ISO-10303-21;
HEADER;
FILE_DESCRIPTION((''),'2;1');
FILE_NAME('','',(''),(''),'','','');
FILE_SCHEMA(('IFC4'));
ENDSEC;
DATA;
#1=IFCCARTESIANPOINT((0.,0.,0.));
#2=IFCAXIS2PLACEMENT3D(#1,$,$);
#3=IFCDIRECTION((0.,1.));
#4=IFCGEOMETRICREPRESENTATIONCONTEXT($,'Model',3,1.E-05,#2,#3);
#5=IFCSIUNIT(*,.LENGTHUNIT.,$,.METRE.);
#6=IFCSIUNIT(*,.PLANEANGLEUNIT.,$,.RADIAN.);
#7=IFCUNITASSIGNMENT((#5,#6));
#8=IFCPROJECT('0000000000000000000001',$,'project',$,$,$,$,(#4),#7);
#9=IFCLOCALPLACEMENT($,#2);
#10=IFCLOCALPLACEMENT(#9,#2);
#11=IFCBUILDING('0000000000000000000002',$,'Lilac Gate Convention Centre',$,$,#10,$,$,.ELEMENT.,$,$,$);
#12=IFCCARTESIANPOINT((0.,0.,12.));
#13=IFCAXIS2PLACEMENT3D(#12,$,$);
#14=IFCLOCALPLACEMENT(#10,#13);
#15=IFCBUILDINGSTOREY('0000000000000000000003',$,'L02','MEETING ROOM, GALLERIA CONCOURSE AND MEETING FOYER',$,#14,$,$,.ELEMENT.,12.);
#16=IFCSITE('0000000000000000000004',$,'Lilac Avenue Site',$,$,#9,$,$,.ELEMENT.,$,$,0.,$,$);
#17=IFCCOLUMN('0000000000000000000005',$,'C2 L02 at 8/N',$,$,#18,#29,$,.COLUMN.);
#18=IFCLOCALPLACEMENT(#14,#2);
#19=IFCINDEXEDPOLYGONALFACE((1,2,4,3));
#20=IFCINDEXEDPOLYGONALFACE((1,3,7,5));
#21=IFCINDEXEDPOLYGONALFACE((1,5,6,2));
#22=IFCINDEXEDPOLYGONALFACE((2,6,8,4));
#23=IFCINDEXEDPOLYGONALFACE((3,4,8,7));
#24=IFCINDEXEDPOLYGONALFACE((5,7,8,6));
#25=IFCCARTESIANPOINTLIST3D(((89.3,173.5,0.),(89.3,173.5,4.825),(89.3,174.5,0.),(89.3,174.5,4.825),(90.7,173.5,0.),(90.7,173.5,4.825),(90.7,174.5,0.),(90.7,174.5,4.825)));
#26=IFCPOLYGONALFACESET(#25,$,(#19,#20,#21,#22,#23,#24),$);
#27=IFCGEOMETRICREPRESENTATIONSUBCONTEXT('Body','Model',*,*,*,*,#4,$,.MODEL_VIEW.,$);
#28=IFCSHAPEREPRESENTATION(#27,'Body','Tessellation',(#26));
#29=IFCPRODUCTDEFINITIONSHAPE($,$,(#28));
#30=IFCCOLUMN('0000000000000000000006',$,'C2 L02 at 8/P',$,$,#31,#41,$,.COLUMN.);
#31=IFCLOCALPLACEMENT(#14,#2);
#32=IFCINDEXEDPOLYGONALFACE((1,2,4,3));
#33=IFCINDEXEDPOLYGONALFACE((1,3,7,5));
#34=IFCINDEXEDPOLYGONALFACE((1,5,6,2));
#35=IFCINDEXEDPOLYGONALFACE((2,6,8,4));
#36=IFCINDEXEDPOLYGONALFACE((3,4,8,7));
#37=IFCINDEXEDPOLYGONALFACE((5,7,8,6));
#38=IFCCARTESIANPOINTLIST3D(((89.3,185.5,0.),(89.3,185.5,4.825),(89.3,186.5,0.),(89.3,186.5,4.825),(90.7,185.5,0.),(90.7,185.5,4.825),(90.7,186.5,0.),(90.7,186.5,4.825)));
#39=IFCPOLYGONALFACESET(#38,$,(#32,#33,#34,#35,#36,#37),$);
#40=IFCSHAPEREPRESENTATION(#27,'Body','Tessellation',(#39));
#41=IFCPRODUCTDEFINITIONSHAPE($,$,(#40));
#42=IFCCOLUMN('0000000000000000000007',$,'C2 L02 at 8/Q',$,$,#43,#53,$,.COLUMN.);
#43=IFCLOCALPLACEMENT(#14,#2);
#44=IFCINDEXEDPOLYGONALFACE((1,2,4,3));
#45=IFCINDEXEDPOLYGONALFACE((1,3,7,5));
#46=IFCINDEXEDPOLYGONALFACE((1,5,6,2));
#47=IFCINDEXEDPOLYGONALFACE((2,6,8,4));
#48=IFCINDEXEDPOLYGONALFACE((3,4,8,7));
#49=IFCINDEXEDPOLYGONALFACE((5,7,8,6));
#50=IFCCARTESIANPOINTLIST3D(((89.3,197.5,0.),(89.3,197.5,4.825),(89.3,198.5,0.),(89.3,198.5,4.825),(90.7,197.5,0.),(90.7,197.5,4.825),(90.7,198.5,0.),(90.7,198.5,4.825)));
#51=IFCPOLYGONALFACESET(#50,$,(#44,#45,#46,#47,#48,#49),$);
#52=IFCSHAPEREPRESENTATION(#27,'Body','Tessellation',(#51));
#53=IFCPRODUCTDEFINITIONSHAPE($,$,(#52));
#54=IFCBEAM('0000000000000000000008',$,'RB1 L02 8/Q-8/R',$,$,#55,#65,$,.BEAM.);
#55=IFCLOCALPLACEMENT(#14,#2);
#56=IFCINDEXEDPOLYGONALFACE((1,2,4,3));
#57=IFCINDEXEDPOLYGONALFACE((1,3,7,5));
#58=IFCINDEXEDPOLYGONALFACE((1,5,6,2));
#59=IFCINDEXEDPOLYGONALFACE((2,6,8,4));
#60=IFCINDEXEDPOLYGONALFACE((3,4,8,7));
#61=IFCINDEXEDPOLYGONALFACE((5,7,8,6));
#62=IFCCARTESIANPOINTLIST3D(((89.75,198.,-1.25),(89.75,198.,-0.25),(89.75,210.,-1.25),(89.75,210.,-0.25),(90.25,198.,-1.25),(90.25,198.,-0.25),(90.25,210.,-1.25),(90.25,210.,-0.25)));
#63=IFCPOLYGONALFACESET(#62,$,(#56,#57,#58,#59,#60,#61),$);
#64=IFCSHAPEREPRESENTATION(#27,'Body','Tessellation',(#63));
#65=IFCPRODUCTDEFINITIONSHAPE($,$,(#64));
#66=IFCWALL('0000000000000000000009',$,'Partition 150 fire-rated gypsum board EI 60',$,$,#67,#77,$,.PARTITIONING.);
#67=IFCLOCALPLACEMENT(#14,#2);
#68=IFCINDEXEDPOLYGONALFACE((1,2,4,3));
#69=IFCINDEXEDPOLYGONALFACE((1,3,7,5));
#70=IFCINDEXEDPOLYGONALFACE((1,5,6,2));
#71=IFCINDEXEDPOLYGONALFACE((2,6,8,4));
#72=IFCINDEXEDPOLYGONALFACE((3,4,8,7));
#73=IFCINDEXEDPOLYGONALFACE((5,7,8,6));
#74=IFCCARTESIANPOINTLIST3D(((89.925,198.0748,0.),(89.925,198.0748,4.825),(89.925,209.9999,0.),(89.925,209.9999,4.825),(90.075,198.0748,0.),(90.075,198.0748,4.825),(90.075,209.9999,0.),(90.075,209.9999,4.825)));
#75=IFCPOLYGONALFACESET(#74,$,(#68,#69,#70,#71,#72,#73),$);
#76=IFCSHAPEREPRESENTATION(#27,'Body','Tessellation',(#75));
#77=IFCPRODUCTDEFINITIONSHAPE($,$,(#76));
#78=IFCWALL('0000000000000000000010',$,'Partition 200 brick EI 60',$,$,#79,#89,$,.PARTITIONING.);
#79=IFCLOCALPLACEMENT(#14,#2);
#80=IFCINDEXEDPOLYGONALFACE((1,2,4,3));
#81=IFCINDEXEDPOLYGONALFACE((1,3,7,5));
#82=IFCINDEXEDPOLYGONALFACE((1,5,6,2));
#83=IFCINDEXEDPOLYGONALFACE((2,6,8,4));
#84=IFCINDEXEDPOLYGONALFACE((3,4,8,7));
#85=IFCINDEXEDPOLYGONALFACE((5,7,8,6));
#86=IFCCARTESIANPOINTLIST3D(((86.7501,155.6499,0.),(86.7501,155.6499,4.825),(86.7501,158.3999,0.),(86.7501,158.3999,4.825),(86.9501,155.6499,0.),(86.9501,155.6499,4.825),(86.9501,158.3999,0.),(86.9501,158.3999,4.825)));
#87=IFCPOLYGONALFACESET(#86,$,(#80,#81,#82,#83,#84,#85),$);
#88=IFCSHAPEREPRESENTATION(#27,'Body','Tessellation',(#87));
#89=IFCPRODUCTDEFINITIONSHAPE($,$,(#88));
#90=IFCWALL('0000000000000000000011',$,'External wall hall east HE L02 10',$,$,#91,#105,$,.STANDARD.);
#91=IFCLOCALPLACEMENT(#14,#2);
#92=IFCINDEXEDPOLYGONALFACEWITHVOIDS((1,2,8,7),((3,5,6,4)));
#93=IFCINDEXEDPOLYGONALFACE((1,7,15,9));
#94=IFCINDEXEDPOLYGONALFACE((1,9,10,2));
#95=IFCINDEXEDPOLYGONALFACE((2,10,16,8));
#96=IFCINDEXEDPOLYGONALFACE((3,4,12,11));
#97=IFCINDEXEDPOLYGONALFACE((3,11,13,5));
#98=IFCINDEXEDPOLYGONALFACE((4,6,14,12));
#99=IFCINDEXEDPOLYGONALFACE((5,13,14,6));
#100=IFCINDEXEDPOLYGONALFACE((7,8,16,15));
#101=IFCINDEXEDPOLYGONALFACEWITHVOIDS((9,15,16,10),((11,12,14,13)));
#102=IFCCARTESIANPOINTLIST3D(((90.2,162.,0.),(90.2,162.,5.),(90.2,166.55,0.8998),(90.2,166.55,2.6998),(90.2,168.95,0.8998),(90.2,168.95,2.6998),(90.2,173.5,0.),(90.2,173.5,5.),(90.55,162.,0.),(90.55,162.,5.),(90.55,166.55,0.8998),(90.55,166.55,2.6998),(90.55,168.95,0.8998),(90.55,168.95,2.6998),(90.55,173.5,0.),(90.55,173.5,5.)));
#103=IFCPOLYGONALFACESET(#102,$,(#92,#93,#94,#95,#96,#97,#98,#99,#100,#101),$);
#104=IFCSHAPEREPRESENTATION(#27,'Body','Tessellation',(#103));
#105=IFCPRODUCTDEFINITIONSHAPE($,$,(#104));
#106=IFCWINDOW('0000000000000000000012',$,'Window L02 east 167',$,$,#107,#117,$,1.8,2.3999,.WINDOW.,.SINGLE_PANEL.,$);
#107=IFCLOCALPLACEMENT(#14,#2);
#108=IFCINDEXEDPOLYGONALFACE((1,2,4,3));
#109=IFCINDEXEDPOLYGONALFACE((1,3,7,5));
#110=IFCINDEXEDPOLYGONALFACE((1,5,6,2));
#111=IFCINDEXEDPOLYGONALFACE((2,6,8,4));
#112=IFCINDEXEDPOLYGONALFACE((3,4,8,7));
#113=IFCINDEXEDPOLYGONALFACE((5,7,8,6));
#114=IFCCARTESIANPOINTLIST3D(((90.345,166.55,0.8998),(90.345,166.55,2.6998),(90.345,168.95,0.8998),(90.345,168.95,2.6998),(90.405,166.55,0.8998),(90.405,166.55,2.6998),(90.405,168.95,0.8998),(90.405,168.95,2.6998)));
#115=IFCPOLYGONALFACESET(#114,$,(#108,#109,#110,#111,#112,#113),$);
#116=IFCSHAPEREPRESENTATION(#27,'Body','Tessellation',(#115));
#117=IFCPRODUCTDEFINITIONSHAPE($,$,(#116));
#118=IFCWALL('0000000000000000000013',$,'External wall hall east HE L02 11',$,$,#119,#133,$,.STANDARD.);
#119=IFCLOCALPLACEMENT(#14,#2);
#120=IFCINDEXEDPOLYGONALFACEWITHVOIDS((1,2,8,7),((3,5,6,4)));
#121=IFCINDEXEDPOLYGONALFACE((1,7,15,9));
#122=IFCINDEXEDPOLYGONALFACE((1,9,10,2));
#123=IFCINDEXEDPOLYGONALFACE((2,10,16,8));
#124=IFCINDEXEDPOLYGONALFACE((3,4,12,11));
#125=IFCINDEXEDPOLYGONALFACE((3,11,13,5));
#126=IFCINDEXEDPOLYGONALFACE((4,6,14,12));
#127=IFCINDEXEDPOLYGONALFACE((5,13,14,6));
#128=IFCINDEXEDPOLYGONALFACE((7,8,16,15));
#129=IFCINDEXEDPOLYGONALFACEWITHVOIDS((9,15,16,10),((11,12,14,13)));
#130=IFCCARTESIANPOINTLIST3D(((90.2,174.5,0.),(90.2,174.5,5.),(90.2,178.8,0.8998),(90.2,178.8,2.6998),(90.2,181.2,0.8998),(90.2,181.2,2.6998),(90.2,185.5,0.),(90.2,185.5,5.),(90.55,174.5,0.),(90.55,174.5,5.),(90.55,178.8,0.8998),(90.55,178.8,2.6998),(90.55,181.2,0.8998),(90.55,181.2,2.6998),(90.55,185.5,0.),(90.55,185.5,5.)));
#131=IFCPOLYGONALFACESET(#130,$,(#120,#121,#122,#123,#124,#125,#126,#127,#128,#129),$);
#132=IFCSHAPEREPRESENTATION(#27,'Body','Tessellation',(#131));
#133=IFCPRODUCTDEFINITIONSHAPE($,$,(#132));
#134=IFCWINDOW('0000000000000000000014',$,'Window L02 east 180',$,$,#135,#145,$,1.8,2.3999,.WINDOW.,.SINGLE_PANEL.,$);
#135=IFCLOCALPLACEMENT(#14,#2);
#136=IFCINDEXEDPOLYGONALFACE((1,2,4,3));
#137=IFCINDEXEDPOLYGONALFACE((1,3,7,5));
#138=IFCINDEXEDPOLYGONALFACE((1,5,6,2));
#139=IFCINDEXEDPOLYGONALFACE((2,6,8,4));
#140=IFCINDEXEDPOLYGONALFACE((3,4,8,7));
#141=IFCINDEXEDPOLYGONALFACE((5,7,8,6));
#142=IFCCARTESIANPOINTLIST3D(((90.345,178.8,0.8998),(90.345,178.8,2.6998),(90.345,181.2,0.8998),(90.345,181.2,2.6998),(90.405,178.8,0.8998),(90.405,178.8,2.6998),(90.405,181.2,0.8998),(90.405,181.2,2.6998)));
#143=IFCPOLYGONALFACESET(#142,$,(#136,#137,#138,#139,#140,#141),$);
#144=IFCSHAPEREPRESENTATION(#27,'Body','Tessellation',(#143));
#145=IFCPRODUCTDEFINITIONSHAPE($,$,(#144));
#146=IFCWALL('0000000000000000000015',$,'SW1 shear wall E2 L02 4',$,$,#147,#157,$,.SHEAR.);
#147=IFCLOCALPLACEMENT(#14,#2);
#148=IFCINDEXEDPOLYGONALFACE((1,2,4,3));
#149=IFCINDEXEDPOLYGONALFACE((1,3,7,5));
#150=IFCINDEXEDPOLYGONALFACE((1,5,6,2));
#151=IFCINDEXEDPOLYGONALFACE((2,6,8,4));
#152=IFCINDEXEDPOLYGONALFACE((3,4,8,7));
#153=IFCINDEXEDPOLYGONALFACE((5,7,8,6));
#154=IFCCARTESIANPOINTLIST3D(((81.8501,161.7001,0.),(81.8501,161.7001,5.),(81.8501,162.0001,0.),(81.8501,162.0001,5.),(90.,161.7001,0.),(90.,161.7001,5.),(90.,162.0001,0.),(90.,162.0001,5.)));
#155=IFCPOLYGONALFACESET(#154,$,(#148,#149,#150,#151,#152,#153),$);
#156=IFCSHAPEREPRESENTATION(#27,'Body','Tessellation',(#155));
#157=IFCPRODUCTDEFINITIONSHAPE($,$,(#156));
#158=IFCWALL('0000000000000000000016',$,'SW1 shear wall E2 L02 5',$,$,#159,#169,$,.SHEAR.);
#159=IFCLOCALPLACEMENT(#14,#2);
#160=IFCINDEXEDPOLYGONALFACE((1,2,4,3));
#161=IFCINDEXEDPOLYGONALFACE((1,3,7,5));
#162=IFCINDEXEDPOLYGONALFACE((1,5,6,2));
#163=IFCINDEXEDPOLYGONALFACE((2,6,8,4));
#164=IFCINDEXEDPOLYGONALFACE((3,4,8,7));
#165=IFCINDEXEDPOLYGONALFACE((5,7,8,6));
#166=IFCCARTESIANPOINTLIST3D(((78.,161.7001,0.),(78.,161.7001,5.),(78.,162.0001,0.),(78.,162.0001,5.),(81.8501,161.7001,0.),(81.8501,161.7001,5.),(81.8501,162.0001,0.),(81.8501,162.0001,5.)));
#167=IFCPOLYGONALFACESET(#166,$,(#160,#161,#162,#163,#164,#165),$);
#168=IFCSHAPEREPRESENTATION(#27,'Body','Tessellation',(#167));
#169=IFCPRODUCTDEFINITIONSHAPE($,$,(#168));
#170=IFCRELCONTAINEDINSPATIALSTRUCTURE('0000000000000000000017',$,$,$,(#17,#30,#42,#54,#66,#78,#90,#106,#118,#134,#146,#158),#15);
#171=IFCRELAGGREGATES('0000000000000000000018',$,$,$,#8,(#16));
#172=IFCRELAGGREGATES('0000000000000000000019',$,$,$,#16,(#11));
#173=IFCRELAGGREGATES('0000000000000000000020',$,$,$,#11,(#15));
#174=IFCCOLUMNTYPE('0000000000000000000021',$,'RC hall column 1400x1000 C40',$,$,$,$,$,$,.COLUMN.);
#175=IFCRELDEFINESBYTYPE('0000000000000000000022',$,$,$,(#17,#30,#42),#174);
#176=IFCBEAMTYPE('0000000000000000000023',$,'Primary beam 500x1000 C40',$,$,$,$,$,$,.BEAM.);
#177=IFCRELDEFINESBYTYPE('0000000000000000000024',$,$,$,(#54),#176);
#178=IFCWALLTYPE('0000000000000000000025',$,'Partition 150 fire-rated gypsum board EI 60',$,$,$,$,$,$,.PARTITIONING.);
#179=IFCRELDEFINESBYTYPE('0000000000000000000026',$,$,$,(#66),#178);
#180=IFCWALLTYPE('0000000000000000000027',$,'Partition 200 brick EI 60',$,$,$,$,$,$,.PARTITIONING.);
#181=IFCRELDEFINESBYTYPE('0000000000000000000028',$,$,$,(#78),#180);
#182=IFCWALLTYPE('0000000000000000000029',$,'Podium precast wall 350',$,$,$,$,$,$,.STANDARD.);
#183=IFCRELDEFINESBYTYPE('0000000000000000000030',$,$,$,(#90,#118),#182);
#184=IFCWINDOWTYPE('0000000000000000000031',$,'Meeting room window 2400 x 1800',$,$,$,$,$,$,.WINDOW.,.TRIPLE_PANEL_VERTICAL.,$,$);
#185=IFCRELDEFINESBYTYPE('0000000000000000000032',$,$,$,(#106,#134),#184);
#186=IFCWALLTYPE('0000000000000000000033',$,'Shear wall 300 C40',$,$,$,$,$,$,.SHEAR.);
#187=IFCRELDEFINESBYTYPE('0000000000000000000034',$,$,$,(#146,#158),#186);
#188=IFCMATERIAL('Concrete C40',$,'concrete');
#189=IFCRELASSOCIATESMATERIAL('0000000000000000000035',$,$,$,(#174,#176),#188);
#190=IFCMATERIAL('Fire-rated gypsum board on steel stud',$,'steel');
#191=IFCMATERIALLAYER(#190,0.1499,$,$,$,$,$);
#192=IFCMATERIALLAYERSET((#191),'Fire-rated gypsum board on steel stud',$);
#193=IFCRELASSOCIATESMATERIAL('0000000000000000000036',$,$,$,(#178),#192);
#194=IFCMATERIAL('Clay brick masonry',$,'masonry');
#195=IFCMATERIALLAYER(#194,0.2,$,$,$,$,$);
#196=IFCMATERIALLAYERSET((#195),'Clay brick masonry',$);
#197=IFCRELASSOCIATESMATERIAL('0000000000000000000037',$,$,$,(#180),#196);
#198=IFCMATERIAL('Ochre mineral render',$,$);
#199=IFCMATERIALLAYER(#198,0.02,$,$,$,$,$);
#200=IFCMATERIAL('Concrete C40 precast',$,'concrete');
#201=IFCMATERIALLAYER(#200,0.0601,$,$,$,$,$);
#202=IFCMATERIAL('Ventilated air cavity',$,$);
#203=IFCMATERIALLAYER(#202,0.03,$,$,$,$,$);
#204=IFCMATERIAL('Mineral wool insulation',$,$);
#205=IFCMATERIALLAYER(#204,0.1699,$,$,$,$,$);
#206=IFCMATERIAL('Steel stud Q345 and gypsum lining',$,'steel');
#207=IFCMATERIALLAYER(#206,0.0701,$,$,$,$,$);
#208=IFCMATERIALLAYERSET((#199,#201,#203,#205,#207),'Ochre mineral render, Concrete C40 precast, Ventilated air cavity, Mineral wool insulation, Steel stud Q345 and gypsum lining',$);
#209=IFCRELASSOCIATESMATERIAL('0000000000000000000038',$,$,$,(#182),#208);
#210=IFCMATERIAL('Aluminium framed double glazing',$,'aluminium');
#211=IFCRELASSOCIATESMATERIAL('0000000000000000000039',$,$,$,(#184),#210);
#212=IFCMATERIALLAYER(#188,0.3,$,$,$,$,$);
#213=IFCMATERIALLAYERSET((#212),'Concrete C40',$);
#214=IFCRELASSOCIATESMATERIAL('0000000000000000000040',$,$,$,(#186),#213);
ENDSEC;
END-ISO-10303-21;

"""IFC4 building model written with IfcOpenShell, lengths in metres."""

from ifc_helpers import new_model, si_unit, direction, frame, frame_2d, origin, origin_2d, place, context, subcontext, project, spatial, rectangle, extrude, material, layer, layer_set, material_profile, profile_set, type_object, element, fill, save


model = new_model("IFC4")

# Units and contexts
model_context = context("Model", 3, precision=1e-05, world=origin(), true_north=direction((0.0, 1.0)))
body_context = subcontext(model_context, "Body", "Model", "MODEL_VIEW")
ifc_project = project(units=[si_unit("LENGTHUNIT", "METRE"), si_unit("PLANEANGLEUNIT", "RADIAN")], contexts=[model_context])

# Site, building, storey
site_placement = place(None, origin())
site = spatial("IfcSite", under=ifc_project, at=site_placement, Name="Lilac Avenue Site", CompositionType="ELEMENT", RefElevation=0.0)
building_placement = place(site_placement, origin())
building = spatial("IfcBuilding", under=site, at=building_placement, Name="Lilac Gate Convention Centre", CompositionType="ELEMENT")
storey_placement = place(building_placement, frame((0.0, 0.0, 12.0)))
storey = spatial("IfcBuildingStorey", under=building, at=storey_placement, Name="L02", Description="MEETING ROOM, GALLERIA CONCOURSE AND MEETING FOYER", CompositionType="ELEMENT", Elevation=12.0)

# Columns
ifc_material_1 = material(Name="Concrete C40", Category="concrete")
ifc_material_profile_1 = material_profile(ifc_material_1, rectangle(XDim=1.3999, YDim=1.0, at=origin_2d()), Name="RC 1400x1000")
ifc_profile_set_1 = profile_set([ifc_material_profile_1], Name="Concrete C40")
column_type = type_object("IfcColumnType", Name="RC hall column 1400x1000 C40", PredefinedType="COLUMN", material=ifc_profile_set_1)
for number, where, z_axis, x_axis, name in (
    (1, (90.0, 174.0, 0.0), (0.0, 0.0, 1.0), (1.0, 0.0, 0.0), "C2 L02 at 8/N"),
    (2, (90.0, 186.0, 0.0), (0.0, 0.0, 1.0), (1.0, 0.0, 0.0), "C2 L02 at 8/P"),
    (3, (90.0, 198.0, 0.0), (0.0, 0.0, 1.0), (1.0, 0.0, 0.0), "C2 L02 at 8/Q"),
):
    element("IfcColumn", number, at=place(storey_placement, frame(where, z_axis=z_axis, x_axis=x_axis)), inside=storey, type_object=column_type, Name=name, PredefinedType="COLUMN", context=body_context, shape_type="SweptSolid", body=[
        extrude(rectangle(XDim=1.3999, YDim=1.0, at=origin_2d()), origin(), (0.0, 0.0, 1.0), 4.825),
    ])

# Beam
ifc_material_profile_2 = material_profile(ifc_material_1, rectangle(XDim=0.5, YDim=1.0, at=origin_2d()), Name="RC 500x1000")
ifc_profile_set_2 = profile_set([ifc_material_profile_2], Name="Concrete C40")
beam_type = type_object("IfcBeamType", Name="Primary beam 500x1000 C40", PredefinedType="BEAM", material=ifc_profile_set_2)
beam_placement = place(storey_placement, frame((90.0, 198.0, -0.75), z_axis=(0.0, 1.0, 0.0), x_axis=(-1.0, 0.0, 0.0)))
element("IfcBeam", 4, at=beam_placement, inside=storey, type_object=beam_type, Name="RB1 L02 8/Q-8/R", PredefinedType="BEAM", context=body_context, shape_type="SweptSolid", body=[
    extrude(rectangle(XDim=0.5, YDim=1.0, at=origin_2d()), origin(), (0.0, 0.0, 1.0), 12.0),
])

# Walls
ifc_material_2 = material(Name="Fire-rated gypsum board on steel stud", Category="steel")
ifc_layer_1 = layer(ifc_material_2, 0.1499)
ifc_layer_set_1 = layer_set([ifc_layer_1], Name="Fire-rated gypsum board on steel stud")
wall_type_1 = type_object("IfcWallType", Name="Partition 150 fire-rated gypsum board EI 60", PredefinedType="PARTITIONING", material=ifc_layer_set_1)
wall_1_placement = place(storey_placement, frame((90.0, 198.075, 0.0), z_axis=(0.0, 0.0, 1.0), x_axis=(0.0, 1.0, 0.0)))
element("IfcWall", 5, at=wall_1_placement, inside=storey, type_object=wall_type_1, Name="Partition 150 fire-rated gypsum board EI 60", PredefinedType="PARTITIONING", context=body_context, shape_type="SweptSolid", body=[
    extrude(rectangle(XDim=11.925, YDim=0.1499, at=frame_2d((5.9624, 0.0))), origin(), (0.0, 0.0, 1.0), 4.825),
])
ifc_material_3 = material(Name="Clay brick masonry", Category="masonry")
ifc_layer_2 = layer(ifc_material_3, 0.2)
ifc_layer_set_2 = layer_set([ifc_layer_2], Name="Clay brick masonry")
wall_type_2 = type_object("IfcWallType", Name="Partition 200 brick EI 60", PredefinedType="PARTITIONING", material=ifc_layer_set_2)
wall_2_placement = place(storey_placement, frame((86.8501, 155.6499, 0.0), z_axis=(0.0, 0.0, 1.0), x_axis=(0.0, 1.0, 0.0)))
element("IfcWall", 6, at=wall_2_placement, inside=storey, type_object=wall_type_2, Name="Partition 200 brick EI 60", PredefinedType="PARTITIONING", context=body_context, shape_type="SweptSolid", body=[
    extrude(rectangle(XDim=2.75, YDim=0.2, at=frame_2d((1.375, 0.0))), origin(), (0.0, 0.0, 1.0), 4.825),
])

# Walls, openings, windows
ifc_material_4 = material(Name="Ochre mineral render")
ifc_layer_3 = layer(ifc_material_4, 0.02)
ifc_material_5 = material(Name="Concrete C40 precast", Category="concrete")
ifc_layer_4 = layer(ifc_material_5, 0.0601)
ifc_material_6 = material(Name="Ventilated air cavity")
ifc_layer_5 = layer(ifc_material_6, 0.03)
ifc_material_7 = material(Name="Mineral wool insulation")
ifc_layer_6 = layer(ifc_material_7, 0.1699)
ifc_material_8 = material(Name="Steel stud Q345 and gypsum lining", Category="steel")
ifc_layer_7 = layer(ifc_material_8, 0.0701)
ifc_layer_set_3 = layer_set([ifc_layer_3, ifc_layer_4, ifc_layer_5, ifc_layer_6, ifc_layer_7], Name="Ochre mineral render, Concrete C40 precast, Ventilated air cavity, Mineral wool insulation, Steel stud Q345 and gypsum lining")
wall_type_3 = type_object("IfcWallType", Name="Podium precast wall 350", PredefinedType="STANDARD", material=ifc_layer_set_3)
wall_3_placement = place(storey_placement, frame((90.375, 162.0, 0.0), z_axis=(0.0, 0.0, 1.0), x_axis=(0.0, 1.0, 0.0)))
wall_3 = element("IfcWall", 7, at=wall_3_placement, inside=storey, type_object=wall_type_3, Name="External wall hall east HE L02 10", PredefinedType="STANDARD", context=body_context, shape_type="SweptSolid", body=[
    extrude(rectangle(XDim=11.5, YDim=0.3501, at=frame_2d((5.75, 0.0))), origin(), (0.0, 0.0, 1.0), 5.0),
])
opening_1_placement = place(wall_3_placement, frame((4.55, 0.0, 0.8999)))
opening_1 = element("IfcOpeningElement", 8, at=opening_1_placement, cuts=wall_3, PredefinedType="OPENING", context=body_context, shape_type="SweptSolid", body=[
    extrude(rectangle(XDim=2.3999, YDim=1.8, at=frame_2d((1.2, 0.8999))), frame((0.0, 0.1851, 0.0), z_axis=(0.0, -1.0, 0.0), x_axis=(1.0, 0.0, 0.0)), (0.0, 0.0, 1.0), 0.3701),
])
ifc_material_9 = material(Name="Aluminium framed double glazing", Category="aluminium")
window_type = type_object("IfcWindowType", Name="Meeting room window 2400 x 1800", PartitioningType="TRIPLE_PANEL_VERTICAL", PredefinedType="WINDOW", material=ifc_material_9)
window_1_placement = place(opening_1_placement, origin())
window_1 = element("IfcWindow", 9, at=window_1_placement, inside=storey, type_object=window_type, Name="Window L02 east 167", OverallHeight=1.8, OverallWidth=2.3999, PartitioningType="SINGLE_PANEL", PredefinedType="WINDOW", context=body_context, shape_type="SweptSolid", body=[
    extrude(rectangle(XDim=2.3999, YDim=1.8, at=frame_2d((1.2, 0.8999))), frame((0.0, 0.03, 0.0), z_axis=(0.0, -1.0, 0.0), x_axis=(1.0, 0.0, 0.0)), (0.0, 0.0, 1.0), 0.0601),
])
fill(opening_1, window_1)
wall_4_placement = place(storey_placement, frame((90.375, 174.5, 0.0), z_axis=(0.0, 0.0, 1.0), x_axis=(0.0, 1.0, 0.0)))
wall_4 = element("IfcWall", 10, at=wall_4_placement, inside=storey, type_object=wall_type_3, Name="External wall hall east HE L02 11", PredefinedType="STANDARD", context=body_context, shape_type="SweptSolid", body=[
    extrude(rectangle(XDim=11.0, YDim=0.3501, at=frame_2d((5.5, 0.0))), origin(), (0.0, 0.0, 1.0), 5.0),
])
opening_2_placement = place(wall_4_placement, frame((4.3, 0.0, 0.8999)))
opening_2 = element("IfcOpeningElement", 11, at=opening_2_placement, cuts=wall_4, PredefinedType="OPENING", context=body_context, shape_type="SweptSolid", body=[
    extrude(rectangle(XDim=2.3999, YDim=1.8, at=frame_2d((1.2, 0.8999))), frame((0.0, 0.1851, 0.0), z_axis=(0.0, -1.0, 0.0), x_axis=(1.0, 0.0, 0.0)), (0.0, 0.0, 1.0), 0.3701),
])
window_2_placement = place(opening_2_placement, origin())
window_2 = element("IfcWindow", 12, at=window_2_placement, inside=storey, type_object=window_type, Name="Window L02 east 180", OverallHeight=1.8, OverallWidth=2.3999, PartitioningType="SINGLE_PANEL", PredefinedType="WINDOW", context=body_context, shape_type="SweptSolid", body=[
    extrude(rectangle(XDim=2.3999, YDim=1.8, at=frame_2d((1.2, 0.8999))), frame((0.0, 0.03, 0.0), z_axis=(0.0, -1.0, 0.0), x_axis=(1.0, 0.0, 0.0)), (0.0, 0.0, 1.0), 0.0601),
])
fill(opening_2, window_2)

# Walls
ifc_layer_8 = layer(ifc_material_1, 0.3)
ifc_layer_set_4 = layer_set([ifc_layer_8], Name="Concrete C40")
wall_type_4 = type_object("IfcWallType", Name="Shear wall 300 C40", PredefinedType="SHEAR", material=ifc_layer_set_4)
wall_5_placement = place(storey_placement, frame((90.0, 161.8501, 0.0), z_axis=(0.0, 0.0, 1.0), x_axis=(-1.0, 0.0, 0.0)))
element("IfcWall", 13, at=wall_5_placement, inside=storey, type_object=wall_type_4, Name="SW1 shear wall E2 L02 4", PredefinedType="SHEAR", context=body_context, shape_type="SweptSolid", body=[
    extrude(rectangle(XDim=8.1499, YDim=0.3, at=frame_2d((4.075, 0.0))), origin(), (0.0, 0.0, 1.0), 5.0),
])
wall_6_placement = place(storey_placement, frame((81.8501, 161.8501, 0.0), z_axis=(0.0, 0.0, 1.0), x_axis=(-1.0, 0.0, 0.0)))
element("IfcWall", 14, at=wall_6_placement, inside=storey, type_object=wall_type_4, Name="SW1 shear wall E2 L02 5", PredefinedType="SHEAR", context=body_context, shape_type="SweptSolid", body=[
    extrude(rectangle(XDim=3.8501, YDim=0.3, at=frame_2d((1.925, 0.0))), origin(), (0.0, 0.0, 1.0), 5.0),
])

save(model, "model.ifc")
